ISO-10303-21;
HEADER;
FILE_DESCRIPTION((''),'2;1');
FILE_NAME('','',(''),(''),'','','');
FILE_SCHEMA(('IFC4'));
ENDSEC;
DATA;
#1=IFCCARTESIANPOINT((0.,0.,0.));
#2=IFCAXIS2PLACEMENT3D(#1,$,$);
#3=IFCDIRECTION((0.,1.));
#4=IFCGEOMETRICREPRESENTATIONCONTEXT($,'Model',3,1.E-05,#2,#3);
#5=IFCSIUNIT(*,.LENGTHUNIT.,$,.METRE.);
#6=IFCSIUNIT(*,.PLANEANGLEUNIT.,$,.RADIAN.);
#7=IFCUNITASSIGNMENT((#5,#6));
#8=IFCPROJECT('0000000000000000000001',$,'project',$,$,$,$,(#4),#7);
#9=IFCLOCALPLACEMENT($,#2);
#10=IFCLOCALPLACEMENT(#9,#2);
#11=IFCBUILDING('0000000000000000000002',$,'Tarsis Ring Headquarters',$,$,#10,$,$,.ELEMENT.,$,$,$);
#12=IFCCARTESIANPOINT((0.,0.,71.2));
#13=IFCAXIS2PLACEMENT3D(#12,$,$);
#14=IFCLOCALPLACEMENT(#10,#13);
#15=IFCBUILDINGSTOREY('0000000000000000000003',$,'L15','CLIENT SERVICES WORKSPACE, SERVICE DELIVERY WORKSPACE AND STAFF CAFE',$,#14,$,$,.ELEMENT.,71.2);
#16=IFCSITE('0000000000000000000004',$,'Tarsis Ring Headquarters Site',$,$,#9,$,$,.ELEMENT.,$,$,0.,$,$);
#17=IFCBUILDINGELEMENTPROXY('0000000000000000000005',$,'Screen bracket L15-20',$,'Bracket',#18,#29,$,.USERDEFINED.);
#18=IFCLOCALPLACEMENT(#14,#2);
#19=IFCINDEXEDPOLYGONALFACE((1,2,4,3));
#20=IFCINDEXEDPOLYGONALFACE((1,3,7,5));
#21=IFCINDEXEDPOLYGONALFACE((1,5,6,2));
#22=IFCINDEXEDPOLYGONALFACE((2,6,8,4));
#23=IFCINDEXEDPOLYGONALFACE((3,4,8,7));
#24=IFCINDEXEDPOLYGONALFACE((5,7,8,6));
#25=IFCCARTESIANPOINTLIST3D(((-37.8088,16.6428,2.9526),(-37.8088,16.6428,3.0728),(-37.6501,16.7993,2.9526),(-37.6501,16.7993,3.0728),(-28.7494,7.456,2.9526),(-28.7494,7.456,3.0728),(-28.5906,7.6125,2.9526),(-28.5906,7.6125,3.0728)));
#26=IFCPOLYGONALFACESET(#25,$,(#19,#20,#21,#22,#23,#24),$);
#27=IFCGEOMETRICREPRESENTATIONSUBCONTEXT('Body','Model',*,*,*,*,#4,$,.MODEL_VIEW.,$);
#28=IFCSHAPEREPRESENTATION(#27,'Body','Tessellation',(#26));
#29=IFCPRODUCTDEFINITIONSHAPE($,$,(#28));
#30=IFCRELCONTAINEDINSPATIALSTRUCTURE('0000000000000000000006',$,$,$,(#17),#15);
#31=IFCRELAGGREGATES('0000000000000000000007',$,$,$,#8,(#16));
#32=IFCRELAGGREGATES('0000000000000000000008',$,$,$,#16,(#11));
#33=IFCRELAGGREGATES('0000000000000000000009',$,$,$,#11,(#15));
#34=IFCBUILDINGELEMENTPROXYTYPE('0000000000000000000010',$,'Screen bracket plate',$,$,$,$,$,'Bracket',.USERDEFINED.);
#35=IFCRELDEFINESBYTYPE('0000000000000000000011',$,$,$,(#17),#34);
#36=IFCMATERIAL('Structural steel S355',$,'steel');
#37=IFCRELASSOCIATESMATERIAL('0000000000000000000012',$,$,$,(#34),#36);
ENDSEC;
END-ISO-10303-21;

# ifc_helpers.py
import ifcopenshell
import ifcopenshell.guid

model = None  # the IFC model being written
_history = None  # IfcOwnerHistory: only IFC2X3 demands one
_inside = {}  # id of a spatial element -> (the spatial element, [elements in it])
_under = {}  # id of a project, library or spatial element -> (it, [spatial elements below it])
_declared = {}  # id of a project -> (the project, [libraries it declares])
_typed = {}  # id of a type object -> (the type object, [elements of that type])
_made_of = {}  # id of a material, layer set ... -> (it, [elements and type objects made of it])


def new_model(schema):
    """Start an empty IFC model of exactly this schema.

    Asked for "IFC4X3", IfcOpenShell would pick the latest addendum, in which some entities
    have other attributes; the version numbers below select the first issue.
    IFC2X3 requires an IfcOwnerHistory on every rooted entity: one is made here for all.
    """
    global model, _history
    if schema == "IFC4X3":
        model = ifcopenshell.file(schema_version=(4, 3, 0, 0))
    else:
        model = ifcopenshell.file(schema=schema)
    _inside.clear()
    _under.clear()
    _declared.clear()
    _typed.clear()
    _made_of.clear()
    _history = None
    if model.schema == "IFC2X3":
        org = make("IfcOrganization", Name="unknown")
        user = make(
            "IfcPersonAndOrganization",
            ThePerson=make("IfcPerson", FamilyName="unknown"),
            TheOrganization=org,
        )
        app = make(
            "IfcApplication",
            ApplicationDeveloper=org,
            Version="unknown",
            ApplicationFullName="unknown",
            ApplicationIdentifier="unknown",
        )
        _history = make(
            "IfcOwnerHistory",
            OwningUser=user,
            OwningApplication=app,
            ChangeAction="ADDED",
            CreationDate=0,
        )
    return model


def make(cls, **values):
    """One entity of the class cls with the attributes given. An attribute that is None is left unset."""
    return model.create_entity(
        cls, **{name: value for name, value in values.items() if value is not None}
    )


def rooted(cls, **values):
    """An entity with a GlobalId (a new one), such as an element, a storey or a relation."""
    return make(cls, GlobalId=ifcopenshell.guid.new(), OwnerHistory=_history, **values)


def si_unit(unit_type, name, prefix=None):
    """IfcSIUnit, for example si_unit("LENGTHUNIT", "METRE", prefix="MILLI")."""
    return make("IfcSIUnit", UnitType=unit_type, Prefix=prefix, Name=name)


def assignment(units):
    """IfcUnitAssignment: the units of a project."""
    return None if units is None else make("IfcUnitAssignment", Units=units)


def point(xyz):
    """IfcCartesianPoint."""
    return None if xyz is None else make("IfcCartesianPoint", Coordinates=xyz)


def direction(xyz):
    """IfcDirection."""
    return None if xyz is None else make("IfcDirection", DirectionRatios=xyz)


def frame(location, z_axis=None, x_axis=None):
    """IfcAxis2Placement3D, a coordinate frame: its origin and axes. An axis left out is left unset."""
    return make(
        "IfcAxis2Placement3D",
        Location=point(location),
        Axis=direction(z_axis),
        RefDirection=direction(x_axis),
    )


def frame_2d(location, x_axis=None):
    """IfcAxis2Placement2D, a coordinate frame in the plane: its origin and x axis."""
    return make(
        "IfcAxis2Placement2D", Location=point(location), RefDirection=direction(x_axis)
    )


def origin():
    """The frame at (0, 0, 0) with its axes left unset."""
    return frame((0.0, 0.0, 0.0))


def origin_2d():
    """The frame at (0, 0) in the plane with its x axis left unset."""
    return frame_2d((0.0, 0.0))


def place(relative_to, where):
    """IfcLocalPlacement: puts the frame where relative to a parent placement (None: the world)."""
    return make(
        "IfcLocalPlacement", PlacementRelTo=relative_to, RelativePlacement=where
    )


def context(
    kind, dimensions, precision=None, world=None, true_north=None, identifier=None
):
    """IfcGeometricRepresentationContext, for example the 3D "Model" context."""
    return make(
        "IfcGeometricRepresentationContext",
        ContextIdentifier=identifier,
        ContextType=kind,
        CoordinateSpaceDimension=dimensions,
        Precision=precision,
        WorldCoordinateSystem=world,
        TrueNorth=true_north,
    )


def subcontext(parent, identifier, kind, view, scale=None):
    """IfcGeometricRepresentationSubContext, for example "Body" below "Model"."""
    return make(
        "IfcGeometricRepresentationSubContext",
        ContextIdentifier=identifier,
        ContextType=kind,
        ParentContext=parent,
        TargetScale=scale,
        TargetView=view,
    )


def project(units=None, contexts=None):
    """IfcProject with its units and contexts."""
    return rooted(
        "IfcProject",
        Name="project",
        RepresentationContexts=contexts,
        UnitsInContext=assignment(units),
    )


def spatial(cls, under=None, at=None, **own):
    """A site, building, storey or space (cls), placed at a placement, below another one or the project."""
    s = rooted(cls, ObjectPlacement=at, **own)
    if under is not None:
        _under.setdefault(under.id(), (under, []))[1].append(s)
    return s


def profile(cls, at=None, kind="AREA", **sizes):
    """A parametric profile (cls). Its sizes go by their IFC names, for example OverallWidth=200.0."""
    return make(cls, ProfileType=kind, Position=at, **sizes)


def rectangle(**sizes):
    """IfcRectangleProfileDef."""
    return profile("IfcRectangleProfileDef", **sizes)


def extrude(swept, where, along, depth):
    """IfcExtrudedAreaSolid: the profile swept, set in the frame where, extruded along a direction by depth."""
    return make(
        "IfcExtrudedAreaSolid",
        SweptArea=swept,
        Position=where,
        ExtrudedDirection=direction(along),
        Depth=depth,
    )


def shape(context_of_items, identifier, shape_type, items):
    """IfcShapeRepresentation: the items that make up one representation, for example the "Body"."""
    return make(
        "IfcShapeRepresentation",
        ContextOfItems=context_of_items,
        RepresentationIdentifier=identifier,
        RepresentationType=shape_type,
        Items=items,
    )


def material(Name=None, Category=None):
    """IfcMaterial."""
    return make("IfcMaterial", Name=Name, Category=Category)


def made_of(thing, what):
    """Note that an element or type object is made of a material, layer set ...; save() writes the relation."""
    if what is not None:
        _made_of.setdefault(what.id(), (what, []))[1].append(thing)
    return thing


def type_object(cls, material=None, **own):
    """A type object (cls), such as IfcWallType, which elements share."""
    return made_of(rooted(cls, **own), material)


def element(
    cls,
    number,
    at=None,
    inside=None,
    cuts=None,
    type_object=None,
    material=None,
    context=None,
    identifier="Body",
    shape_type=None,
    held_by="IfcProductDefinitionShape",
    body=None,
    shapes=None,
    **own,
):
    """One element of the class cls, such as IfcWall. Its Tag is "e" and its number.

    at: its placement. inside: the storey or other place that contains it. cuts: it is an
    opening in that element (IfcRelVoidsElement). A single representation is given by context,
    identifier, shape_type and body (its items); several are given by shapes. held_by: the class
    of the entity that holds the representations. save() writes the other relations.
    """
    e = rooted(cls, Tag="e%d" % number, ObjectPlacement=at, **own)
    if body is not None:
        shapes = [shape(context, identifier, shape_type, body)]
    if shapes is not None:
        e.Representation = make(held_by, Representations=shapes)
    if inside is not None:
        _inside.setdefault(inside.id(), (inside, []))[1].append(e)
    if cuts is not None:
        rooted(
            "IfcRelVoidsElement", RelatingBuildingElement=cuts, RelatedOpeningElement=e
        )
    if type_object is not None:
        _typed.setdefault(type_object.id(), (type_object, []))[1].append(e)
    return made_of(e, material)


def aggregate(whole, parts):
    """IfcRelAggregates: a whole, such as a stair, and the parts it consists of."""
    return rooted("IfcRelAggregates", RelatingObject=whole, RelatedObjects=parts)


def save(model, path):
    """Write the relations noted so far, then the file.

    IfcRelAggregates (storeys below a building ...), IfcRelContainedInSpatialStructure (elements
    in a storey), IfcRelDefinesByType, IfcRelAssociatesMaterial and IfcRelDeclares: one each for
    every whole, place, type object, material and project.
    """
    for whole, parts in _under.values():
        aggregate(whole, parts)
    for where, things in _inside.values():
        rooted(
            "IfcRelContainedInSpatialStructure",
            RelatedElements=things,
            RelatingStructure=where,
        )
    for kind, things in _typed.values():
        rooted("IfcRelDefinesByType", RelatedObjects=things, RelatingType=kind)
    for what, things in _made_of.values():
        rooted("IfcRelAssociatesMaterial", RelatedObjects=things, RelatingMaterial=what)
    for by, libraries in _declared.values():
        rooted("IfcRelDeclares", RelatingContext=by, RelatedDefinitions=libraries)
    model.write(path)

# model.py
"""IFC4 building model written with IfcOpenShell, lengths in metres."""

from ifc_helpers import new_model, si_unit, direction, frame, origin, origin_2d, place, context, subcontext, project, spatial, rectangle, extrude, material, type_object, element, save


model = new_model("IFC4")

# Units and contexts
model_context = context("Model", 3, precision=1e-05, world=origin(), true_north=direction((0.0, 1.0)))
body_context = subcontext(model_context, "Body", "Model", "MODEL_VIEW")
ifc_project = project(units=[si_unit("LENGTHUNIT", "METRE"), si_unit("PLANEANGLEUNIT", "RADIAN")], contexts=[model_context])

# Site, building, storey
site_placement = place(None, origin())
site = spatial("IfcSite", under=ifc_project, at=site_placement, Name="Tarsis Ring Headquarters Site", CompositionType="ELEMENT", RefElevation=0.0)
building_placement = place(site_placement, origin())
building = spatial("IfcBuilding", under=site, at=building_placement, Name="Tarsis Ring Headquarters", CompositionType="ELEMENT")
storey_placement = place(building_placement, frame((0.0, 0.0, 71.2)))
storey = spatial("IfcBuildingStorey", under=building, at=storey_placement, Name="L15", Description="CLIENT SERVICES WORKSPACE, SERVICE DELIVERY WORKSPACE AND STAFF CAFE", CompositionType="ELEMENT", Elevation=71.2)

# Shared definitions
ifc_material_1 = material(Name="Structural steel S355", Category="steel")

# Building element proxy
building_element_proxy_type = type_object("IfcBuildingElementProxyType", Name="Screen bracket plate", ElementType="Bracket", PredefinedType="USERDEFINED", material=ifc_material_1)
proxy_placement = place(storey_placement, frame((-33.1997, 12.1277, 2.9526), z_axis=(0.0, 0.0, 1.0), x_axis=(0.702153, -0.712026, 0.0)))
element("IfcBuildingElementProxy", 1, at=proxy_placement, inside=storey, type_object=building_element_proxy_type, Name="Screen bracket L15-20", ObjectType="Bracket", PredefinedType="USERDEFINED", context=body_context, shape_type="SweptSolid", body=[
    extrude(rectangle(XDim=12.9023, YDim=0.2229, at=origin_2d()), origin(), (0.0, 0.0, 1.0), 0.1201),
])

save(model, "model.ifc")
